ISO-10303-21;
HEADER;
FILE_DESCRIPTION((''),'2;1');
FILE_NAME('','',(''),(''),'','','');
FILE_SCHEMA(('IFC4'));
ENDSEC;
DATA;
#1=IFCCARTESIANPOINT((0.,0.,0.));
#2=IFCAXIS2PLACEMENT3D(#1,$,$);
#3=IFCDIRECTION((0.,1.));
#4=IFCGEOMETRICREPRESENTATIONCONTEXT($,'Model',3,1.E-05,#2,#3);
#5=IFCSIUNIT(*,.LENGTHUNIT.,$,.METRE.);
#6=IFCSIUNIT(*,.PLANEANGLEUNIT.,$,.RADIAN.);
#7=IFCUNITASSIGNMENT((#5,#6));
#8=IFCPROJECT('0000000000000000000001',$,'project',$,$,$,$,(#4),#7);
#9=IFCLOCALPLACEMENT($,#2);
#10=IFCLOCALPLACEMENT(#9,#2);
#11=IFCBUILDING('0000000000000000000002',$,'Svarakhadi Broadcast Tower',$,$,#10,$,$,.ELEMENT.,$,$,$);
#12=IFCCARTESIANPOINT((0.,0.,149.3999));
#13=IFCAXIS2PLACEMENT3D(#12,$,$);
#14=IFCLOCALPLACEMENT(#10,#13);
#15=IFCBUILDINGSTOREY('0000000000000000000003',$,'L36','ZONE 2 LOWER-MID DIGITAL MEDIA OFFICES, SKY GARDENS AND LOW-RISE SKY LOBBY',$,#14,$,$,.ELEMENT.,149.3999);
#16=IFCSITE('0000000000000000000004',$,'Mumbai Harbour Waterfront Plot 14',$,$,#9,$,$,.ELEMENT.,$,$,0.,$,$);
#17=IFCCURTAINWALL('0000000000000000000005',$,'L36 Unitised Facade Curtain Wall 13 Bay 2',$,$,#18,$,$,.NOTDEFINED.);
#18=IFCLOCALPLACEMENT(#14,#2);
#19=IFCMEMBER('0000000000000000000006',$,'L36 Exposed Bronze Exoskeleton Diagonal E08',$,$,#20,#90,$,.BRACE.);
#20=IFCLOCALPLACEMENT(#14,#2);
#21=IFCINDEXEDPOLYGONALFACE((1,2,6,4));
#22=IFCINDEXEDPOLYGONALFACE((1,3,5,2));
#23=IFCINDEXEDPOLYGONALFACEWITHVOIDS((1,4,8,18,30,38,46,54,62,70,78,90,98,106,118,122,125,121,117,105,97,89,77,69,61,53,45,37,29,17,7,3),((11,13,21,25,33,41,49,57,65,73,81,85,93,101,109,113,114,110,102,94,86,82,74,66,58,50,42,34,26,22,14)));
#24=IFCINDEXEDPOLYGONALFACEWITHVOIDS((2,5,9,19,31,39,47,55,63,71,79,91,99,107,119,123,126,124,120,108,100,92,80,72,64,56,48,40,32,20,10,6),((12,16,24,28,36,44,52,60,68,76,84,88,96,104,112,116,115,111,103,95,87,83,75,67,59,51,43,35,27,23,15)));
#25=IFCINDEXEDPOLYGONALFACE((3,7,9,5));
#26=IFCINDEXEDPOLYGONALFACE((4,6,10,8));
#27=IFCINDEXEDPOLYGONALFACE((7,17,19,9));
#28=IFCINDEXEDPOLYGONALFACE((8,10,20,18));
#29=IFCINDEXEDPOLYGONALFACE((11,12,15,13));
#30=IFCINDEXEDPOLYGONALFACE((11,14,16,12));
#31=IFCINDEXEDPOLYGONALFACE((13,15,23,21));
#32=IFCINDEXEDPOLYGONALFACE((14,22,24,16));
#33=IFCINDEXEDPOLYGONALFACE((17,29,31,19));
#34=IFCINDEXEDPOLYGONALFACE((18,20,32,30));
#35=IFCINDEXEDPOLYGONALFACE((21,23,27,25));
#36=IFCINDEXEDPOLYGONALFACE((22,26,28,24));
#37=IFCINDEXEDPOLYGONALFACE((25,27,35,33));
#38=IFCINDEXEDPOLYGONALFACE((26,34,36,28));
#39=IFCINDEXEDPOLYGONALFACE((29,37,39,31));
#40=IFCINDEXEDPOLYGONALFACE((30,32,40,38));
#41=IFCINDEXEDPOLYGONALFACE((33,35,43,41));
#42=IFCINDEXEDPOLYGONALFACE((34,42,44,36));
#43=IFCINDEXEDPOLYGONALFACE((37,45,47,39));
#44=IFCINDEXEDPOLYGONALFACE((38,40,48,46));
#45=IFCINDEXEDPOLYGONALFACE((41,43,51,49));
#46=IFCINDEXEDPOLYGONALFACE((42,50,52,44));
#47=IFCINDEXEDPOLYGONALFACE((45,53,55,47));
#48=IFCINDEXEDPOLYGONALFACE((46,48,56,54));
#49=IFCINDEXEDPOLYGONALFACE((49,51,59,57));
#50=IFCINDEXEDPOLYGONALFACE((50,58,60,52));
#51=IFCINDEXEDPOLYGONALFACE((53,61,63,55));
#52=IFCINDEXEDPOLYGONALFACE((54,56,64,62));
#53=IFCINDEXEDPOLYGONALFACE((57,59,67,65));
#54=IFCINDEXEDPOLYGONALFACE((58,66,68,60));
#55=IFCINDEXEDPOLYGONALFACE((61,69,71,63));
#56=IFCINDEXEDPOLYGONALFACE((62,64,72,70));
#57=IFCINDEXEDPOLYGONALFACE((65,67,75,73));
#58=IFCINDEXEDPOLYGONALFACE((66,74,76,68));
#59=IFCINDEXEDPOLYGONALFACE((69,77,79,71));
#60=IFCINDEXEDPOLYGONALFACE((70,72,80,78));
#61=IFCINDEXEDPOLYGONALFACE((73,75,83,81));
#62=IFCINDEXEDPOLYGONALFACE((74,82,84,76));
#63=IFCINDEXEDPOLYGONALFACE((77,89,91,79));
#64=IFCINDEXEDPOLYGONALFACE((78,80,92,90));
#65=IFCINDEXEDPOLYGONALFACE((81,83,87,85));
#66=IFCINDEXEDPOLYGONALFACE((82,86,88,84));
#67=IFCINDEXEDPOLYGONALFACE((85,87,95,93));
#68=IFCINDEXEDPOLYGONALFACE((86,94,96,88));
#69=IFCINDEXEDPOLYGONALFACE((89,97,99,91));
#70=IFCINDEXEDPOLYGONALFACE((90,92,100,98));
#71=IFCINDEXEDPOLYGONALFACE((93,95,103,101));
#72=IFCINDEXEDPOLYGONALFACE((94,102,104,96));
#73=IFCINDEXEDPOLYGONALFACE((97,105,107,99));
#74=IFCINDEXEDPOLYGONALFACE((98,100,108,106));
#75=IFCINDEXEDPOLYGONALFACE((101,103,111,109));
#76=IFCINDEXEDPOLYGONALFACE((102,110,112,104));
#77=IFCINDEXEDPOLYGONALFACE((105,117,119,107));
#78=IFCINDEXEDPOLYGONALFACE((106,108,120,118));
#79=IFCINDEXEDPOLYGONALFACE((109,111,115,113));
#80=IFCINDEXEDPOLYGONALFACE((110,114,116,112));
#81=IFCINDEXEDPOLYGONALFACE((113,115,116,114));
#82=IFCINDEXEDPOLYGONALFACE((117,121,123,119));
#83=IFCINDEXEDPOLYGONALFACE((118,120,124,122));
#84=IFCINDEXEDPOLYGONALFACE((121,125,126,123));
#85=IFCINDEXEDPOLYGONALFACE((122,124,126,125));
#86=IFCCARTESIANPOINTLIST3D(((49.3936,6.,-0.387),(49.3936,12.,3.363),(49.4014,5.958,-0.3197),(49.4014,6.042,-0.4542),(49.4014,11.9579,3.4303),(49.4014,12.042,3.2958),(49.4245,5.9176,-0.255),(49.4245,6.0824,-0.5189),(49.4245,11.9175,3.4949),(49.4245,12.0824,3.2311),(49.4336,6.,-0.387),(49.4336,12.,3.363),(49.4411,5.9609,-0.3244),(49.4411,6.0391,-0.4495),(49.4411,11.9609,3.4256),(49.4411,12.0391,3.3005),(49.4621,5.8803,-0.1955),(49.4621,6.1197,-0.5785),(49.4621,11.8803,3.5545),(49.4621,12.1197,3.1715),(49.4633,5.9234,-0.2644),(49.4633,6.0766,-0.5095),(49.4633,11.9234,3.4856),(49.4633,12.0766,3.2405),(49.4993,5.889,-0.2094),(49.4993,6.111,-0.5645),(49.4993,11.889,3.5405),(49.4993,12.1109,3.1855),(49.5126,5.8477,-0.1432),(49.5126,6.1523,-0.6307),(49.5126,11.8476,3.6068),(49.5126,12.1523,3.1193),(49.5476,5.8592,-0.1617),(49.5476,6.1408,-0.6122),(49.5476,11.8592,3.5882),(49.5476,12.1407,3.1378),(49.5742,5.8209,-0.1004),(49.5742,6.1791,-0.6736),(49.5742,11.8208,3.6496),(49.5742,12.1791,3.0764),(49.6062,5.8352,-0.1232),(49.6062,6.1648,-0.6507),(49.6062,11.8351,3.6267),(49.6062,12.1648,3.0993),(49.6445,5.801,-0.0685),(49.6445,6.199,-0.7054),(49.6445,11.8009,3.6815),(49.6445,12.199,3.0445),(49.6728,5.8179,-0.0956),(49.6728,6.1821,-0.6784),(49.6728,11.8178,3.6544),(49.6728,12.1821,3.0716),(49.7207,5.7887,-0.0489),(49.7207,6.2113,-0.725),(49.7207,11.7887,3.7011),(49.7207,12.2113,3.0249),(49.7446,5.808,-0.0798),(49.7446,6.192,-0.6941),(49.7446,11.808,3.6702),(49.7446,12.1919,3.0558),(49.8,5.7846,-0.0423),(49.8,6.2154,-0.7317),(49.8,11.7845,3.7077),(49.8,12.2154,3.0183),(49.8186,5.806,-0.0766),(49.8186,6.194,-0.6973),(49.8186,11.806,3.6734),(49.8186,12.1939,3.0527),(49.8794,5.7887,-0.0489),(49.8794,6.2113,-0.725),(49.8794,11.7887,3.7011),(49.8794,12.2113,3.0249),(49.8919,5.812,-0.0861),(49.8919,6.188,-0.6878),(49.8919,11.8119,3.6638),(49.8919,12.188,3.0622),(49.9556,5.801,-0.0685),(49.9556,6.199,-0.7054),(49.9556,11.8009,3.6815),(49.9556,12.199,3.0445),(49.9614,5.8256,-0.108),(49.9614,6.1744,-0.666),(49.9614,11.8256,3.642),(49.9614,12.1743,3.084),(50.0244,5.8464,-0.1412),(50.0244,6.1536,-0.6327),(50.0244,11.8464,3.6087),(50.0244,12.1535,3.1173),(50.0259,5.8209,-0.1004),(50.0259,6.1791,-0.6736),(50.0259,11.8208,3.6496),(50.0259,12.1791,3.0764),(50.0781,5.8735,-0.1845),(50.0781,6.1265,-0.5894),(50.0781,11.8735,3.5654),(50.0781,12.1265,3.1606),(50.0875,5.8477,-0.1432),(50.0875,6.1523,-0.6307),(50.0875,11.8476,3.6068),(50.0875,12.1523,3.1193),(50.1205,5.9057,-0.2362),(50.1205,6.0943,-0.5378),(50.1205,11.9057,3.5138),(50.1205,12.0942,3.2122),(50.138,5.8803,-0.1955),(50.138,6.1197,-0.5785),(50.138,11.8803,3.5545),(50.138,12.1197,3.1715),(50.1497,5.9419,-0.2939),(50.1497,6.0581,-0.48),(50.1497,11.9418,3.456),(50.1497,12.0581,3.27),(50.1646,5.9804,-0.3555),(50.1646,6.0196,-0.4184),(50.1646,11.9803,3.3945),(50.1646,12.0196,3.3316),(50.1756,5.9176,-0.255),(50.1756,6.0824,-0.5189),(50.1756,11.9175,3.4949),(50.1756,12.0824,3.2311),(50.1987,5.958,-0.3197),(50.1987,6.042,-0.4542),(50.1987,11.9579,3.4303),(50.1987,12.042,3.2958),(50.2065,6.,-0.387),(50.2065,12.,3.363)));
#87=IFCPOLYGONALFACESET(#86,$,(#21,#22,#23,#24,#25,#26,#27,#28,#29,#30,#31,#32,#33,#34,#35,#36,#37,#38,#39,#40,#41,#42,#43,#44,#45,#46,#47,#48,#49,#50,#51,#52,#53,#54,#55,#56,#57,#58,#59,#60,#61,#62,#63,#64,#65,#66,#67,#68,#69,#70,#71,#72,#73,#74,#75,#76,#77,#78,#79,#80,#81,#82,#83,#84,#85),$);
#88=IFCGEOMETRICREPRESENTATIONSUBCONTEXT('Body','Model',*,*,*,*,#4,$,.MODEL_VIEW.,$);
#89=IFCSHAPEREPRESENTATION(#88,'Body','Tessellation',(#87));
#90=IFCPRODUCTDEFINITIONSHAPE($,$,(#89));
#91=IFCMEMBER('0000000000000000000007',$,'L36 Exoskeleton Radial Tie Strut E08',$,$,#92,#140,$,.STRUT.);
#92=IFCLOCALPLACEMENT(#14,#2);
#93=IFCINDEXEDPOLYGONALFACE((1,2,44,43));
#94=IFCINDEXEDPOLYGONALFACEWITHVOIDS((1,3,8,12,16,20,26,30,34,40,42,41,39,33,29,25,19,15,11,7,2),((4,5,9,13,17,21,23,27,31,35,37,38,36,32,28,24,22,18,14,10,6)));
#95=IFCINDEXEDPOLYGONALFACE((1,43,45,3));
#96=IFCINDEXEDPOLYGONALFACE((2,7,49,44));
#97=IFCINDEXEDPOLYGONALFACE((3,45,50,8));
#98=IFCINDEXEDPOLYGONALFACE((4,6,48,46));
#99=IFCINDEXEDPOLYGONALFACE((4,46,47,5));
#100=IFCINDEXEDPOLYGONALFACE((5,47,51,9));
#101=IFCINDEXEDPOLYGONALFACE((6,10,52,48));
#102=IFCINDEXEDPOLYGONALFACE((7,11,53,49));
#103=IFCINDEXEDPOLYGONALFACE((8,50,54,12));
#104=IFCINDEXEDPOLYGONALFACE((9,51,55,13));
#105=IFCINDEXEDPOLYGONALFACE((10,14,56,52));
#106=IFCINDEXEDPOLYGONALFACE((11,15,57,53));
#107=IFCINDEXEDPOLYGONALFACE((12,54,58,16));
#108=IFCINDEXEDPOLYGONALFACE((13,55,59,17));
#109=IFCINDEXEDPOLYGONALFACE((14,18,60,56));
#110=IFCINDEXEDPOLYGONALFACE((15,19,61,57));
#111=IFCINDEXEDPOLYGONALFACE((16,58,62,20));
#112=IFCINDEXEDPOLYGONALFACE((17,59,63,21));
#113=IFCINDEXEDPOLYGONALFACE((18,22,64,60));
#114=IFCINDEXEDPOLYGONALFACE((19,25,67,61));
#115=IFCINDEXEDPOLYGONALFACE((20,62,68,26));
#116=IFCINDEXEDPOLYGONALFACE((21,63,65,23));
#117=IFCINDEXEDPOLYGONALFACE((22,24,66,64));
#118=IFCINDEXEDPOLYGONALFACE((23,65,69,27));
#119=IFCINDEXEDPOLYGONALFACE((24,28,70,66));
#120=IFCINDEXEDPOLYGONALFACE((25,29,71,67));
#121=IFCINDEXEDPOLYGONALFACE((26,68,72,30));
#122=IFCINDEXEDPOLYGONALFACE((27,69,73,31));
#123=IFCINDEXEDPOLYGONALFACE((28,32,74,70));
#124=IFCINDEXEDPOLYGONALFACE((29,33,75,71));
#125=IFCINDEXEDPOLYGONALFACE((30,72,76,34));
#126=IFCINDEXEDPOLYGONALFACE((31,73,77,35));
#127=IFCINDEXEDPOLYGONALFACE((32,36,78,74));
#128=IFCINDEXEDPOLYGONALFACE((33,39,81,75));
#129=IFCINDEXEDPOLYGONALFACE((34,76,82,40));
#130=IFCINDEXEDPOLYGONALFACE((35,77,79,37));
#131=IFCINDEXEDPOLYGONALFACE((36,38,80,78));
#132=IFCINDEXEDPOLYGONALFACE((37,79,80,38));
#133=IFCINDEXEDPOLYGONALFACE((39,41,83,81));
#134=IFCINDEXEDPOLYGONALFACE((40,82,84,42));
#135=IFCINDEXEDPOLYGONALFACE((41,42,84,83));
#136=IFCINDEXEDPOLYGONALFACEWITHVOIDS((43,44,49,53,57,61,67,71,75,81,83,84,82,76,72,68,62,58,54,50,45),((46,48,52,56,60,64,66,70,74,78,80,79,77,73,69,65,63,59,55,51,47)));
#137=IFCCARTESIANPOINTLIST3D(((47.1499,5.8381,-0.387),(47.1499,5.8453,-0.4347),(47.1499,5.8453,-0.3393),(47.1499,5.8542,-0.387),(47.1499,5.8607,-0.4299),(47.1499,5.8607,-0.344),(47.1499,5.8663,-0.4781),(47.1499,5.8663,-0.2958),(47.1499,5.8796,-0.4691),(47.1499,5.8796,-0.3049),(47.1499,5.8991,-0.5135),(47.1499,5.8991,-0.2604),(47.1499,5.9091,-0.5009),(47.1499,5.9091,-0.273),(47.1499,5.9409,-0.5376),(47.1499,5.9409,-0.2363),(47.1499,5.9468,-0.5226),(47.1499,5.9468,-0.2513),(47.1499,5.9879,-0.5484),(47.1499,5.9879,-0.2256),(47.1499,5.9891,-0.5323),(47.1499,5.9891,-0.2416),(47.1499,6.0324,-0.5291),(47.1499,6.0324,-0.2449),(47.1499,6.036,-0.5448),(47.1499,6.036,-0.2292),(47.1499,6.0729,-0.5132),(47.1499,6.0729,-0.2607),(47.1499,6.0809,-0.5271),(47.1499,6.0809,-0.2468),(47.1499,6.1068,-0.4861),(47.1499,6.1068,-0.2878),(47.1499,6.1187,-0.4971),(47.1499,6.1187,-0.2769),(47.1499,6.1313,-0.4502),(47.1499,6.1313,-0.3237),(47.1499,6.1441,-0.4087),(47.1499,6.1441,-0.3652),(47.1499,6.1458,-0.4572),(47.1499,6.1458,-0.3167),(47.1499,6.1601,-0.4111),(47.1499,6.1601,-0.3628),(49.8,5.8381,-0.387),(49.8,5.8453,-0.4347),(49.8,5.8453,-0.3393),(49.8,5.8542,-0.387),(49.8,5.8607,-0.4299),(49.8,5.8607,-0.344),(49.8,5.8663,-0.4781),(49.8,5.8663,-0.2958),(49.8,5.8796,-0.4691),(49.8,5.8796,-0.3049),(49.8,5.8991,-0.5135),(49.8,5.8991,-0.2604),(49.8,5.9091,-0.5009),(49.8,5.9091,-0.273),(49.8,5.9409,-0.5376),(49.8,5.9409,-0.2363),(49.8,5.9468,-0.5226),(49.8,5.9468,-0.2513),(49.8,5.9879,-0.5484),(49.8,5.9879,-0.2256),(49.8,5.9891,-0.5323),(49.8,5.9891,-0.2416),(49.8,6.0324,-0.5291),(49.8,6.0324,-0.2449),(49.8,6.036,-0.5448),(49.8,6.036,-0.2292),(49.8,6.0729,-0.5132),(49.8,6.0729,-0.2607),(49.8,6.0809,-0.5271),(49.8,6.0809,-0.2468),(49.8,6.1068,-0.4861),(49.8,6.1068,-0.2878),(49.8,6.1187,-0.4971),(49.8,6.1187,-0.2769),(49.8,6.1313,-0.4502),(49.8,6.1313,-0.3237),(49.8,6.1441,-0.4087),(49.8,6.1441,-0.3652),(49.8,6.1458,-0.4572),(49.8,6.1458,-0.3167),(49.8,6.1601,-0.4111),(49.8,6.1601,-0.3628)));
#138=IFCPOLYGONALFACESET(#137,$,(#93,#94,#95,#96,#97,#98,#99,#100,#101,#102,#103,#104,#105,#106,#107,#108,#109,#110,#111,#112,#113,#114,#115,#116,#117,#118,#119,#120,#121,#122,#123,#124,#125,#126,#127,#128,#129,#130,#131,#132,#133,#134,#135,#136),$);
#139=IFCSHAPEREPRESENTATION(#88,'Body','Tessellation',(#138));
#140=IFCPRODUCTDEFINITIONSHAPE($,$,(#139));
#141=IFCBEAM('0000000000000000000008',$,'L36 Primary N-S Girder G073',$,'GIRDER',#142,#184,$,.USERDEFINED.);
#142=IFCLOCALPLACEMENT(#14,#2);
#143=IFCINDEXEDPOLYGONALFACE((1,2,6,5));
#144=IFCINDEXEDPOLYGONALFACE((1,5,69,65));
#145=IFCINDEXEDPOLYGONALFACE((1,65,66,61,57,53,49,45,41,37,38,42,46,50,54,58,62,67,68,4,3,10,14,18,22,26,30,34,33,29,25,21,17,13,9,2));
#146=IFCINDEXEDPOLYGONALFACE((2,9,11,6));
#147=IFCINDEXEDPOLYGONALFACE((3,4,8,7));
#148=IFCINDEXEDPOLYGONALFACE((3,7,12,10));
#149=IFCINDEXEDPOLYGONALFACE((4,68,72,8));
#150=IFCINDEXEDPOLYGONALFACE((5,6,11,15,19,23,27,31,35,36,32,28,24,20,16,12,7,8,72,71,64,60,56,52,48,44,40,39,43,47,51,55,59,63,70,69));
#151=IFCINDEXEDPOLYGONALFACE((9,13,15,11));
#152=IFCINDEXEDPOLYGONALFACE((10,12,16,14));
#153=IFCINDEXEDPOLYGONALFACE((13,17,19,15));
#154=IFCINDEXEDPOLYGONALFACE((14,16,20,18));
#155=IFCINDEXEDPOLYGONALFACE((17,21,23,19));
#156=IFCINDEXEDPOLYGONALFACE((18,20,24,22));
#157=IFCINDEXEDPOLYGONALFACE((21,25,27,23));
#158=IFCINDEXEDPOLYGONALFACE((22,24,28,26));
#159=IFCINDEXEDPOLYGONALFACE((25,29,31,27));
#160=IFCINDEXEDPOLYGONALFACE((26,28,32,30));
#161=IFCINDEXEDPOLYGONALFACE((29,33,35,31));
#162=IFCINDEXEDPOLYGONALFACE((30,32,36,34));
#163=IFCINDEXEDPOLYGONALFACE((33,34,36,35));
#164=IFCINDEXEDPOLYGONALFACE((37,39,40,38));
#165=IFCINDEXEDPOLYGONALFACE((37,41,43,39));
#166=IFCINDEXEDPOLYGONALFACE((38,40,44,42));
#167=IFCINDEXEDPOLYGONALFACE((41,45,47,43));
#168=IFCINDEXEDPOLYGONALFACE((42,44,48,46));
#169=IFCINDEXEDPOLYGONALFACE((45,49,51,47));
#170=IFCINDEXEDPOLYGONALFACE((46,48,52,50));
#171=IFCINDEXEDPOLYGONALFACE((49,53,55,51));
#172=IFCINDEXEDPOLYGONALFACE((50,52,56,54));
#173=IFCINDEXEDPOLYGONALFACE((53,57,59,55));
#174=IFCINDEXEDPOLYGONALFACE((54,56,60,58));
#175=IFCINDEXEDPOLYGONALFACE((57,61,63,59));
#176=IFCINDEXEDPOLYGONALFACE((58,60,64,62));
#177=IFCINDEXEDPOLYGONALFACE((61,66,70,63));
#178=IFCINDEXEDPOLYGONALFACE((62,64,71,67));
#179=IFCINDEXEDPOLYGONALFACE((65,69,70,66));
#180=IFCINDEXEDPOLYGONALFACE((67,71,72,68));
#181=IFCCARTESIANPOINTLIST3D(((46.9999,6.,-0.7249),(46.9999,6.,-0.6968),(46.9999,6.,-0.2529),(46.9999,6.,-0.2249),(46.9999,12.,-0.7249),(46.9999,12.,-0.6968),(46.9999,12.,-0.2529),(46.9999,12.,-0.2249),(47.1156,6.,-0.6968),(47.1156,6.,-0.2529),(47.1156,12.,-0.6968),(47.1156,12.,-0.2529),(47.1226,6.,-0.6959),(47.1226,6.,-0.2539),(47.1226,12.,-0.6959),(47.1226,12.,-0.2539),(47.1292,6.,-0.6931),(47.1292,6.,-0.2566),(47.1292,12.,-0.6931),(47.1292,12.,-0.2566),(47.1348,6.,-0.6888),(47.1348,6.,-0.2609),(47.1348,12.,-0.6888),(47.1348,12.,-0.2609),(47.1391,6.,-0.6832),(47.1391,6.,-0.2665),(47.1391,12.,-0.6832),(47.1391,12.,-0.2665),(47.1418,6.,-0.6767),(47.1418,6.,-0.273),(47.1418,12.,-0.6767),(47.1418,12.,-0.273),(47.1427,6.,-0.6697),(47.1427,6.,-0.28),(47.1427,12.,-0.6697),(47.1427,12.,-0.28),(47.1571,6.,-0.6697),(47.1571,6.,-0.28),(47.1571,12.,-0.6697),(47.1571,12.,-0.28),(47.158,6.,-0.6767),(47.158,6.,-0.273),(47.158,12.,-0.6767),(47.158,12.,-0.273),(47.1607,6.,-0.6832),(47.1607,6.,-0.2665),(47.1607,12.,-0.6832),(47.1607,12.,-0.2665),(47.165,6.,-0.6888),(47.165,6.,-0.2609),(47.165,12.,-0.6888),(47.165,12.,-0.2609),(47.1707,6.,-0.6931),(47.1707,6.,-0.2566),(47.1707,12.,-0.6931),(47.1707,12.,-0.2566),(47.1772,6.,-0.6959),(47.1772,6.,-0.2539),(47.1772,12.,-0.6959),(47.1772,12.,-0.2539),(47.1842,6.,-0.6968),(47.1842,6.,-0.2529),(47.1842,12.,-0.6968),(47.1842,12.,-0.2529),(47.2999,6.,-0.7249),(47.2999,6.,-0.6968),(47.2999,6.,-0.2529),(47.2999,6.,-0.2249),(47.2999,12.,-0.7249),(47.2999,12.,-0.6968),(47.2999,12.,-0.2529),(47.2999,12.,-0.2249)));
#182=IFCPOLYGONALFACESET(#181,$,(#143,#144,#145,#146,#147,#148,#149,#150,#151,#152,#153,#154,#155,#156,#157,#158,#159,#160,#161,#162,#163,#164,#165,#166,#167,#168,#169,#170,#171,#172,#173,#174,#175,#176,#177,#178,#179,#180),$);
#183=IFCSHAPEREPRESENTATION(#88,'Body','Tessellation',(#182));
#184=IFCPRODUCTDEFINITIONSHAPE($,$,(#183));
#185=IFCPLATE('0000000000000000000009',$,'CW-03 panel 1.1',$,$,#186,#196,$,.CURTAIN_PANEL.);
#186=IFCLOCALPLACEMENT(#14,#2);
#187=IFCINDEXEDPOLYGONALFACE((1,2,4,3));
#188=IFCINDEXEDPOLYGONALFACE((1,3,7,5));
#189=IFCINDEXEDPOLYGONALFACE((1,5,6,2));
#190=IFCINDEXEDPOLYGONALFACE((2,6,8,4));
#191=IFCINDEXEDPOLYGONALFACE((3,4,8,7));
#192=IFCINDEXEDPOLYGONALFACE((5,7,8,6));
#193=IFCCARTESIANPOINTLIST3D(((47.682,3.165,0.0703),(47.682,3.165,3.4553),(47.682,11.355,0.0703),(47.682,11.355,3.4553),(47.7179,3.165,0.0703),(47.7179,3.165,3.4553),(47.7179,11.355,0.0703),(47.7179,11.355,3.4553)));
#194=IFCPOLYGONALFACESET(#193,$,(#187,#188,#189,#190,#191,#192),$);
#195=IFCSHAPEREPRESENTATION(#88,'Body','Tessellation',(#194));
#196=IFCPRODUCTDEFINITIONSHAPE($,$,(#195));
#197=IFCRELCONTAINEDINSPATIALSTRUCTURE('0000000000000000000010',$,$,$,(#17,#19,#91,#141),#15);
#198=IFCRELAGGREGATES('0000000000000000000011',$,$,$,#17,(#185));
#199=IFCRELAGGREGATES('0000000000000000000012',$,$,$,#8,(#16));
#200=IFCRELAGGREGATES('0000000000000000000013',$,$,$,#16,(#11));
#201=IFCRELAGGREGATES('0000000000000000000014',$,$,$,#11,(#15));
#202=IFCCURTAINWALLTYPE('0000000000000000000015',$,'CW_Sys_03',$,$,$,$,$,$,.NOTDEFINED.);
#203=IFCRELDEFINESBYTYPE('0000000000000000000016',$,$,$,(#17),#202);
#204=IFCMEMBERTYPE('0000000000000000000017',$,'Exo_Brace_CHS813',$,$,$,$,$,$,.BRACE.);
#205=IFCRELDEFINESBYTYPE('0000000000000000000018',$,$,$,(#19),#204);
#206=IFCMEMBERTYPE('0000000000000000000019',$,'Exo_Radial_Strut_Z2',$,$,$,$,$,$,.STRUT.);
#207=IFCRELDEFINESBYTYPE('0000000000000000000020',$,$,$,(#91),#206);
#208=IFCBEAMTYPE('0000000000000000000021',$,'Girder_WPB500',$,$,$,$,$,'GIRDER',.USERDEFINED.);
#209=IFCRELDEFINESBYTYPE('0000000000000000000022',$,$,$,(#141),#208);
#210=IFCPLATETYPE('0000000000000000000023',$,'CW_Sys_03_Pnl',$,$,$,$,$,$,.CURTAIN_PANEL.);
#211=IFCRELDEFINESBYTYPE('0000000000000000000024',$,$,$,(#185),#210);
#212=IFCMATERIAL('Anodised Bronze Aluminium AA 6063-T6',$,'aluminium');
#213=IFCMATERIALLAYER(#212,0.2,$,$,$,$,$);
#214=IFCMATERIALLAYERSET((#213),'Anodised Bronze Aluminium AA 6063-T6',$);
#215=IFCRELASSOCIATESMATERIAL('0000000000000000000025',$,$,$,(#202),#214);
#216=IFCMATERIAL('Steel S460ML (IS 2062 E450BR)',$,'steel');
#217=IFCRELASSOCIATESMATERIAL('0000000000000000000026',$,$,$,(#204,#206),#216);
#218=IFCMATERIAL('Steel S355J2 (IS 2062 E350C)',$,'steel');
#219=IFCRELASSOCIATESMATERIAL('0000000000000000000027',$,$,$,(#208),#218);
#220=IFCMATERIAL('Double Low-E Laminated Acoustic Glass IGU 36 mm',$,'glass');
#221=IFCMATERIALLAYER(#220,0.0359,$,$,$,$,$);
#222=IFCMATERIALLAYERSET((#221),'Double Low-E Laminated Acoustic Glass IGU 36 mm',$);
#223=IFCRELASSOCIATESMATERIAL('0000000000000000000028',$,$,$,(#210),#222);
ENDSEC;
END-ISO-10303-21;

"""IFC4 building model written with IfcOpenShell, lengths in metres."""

from ifc_helpers import new_model, si_unit, direction, frame, origin, origin_2d, place, context, subcontext, project, spatial, rectangle, hollow_circle, i_section, extrude, material, layer, layer_set, material_profile, profile_set, type_object, element, aggregate, save


model = new_model("IFC4")

# Units and contexts
model_context = context("Model", 3, precision=1e-05, world=origin(), true_north=direction((0.0, 1.0)))
body_context = subcontext(model_context, "Body", "Model", "MODEL_VIEW")
ifc_project = project(units=[si_unit("LENGTHUNIT", "METRE"), si_unit("PLANEANGLEUNIT", "RADIAN")], contexts=[model_context])

# Site, building, storey
site_placement = place(None, origin())
site = spatial("IfcSite", under=ifc_project, at=site_placement, Name="Mumbai Harbour Waterfront Plot 14", CompositionType="ELEMENT", RefElevation=0.0)
building_placement = place(site_placement, origin())
building = spatial("IfcBuilding", under=site, at=building_placement, Name="Svarakhadi Broadcast Tower", CompositionType="ELEMENT")
storey_placement = place(building_placement, frame((0.0, 0.0, 149.3999)))
storey = spatial("IfcBuildingStorey", under=building, at=storey_placement, Name="L36", Description="ZONE 2 LOWER-MID DIGITAL MEDIA OFFICES, SKY GARDENS AND LOW-RISE SKY LOBBY", CompositionType="ELEMENT", Elevation=149.3999)

# Shared definitions
ifc_material_1 = material(Name="Steel S460ML (IS 2062 E450BR)", Category="steel")

# Curtain wall
ifc_material_2 = material(Name="Anodised Bronze Aluminium AA 6063-T6", Category="aluminium")
ifc_layer_1 = layer(ifc_material_2, 0.2)
ifc_layer_set_1 = layer_set([ifc_layer_1], Name="Anodised Bronze Aluminium AA 6063-T6")
curtain_wall_type = type_object("IfcCurtainWallType", Name="CW_Sys_03", PredefinedType="NOTDEFINED", material=ifc_layer_set_1)
curtain_wall_1_placement = place(storey_placement, origin())
curtain_wall_1 = element("IfcCurtainWall", 1, at=curtain_wall_1_placement, inside=storey, type_object=curtain_wall_type, Name="L36 Unitised Facade Curtain Wall 13 Bay 2", PredefinedType="NOTDEFINED")

# Members
ifc_material_profile_1 = material_profile(ifc_material_1, hollow_circle(Radius=0.4065, WallThickness=0.04, at=origin_2d()), Name="CHS 813x40")
ifc_profile_set_1 = profile_set([ifc_material_profile_1], Name="Steel S460ML (IS 2062 E450BR)")
member_type_1 = type_object("IfcMemberType", Name="Exo_Brace_CHS813", PredefinedType="BRACE", material=ifc_profile_set_1)
member_1_placement = place(storey_placement, frame((49.8, 6.0, -0.387), z_axis=(0.0, 0.847998, 0.529999), x_axis=(-1.0, 0.0, 0.0)))
element("IfcMember", 2, at=member_1_placement, inside=storey, type_object=member_type_1, Name="L36 Exposed Bronze Exoskeleton Diagonal E08", PredefinedType="BRACE", context=body_context, shape_type="SweptSolid", body=[
    extrude(hollow_circle(Radius=0.4065, WallThickness=0.04, at=origin_2d()), origin(), (0.0, 0.0, 1.0), 7.0754),
])
ifc_material_profile_2 = material_profile(ifc_material_1, hollow_circle(Radius=0.1619, WallThickness=0.0161, at=origin_2d()), Name="CHS 323.9x16")
ifc_profile_set_2 = profile_set([ifc_material_profile_2], Name="Steel S460ML (IS 2062 E450BR)")
member_type_2 = type_object("IfcMemberType", Name="Exo_Radial_Strut_Z2", PredefinedType="STRUT", material=ifc_profile_set_2)
member_2_placement = place(storey_placement, frame((49.8, 6.0, -0.387), z_axis=(-1.0, 0.0, 0.0), x_axis=(0.0, -1.0, 0.0)))
element("IfcMember", 3, at=member_2_placement, inside=storey, type_object=member_type_2, Name="L36 Exoskeleton Radial Tie Strut E08", PredefinedType="STRUT", context=body_context, shape_type="SweptSolid", body=[
    extrude(hollow_circle(Radius=0.1619, WallThickness=0.0161, at=origin_2d()), origin(), (0.0, 0.0, 1.0), 2.6501),
])

# Beam
ifc_material_3 = material(Name="Steel S355J2 (IS 2062 E350C)", Category="steel")
ifc_material_profile_3 = material_profile(ifc_material_3, i_section(OverallWidth=0.3, OverallDepth=0.5, WebThickness=0.0144, FlangeThickness=0.0281, FilletRadius=0.0271, at=origin_2d()), Name="WPB 500x300x187")
ifc_profile_set_3 = profile_set([ifc_material_profile_3], Name="Steel S355J2 (IS 2062 E350C)")
beam_type = type_object("IfcBeamType", Name="Girder_WPB500", ElementType="GIRDER", PredefinedType="USERDEFINED", material=ifc_profile_set_3)
beam_placement = place(storey_placement, frame((47.1499, 6.0, -0.4749), z_axis=(0.0, 1.0, 0.0), x_axis=(-1.0, 0.0, 0.0)))
element("IfcBeam", 4, at=beam_placement, inside=storey, type_object=beam_type, Name="L36 Primary N-S Girder G073", ObjectType="GIRDER", PredefinedType="USERDEFINED", context=body_context, shape_type="SweptSolid", body=[
    extrude(i_section(OverallWidth=0.3, OverallDepth=0.5, WebThickness=0.0144, FlangeThickness=0.0281, FilletRadius=0.0271, at=origin_2d()), origin(), (0.0, 0.0, 1.0), 6.0),
])

# Plate
ifc_material_4 = material(Name="Double Low-E Laminated Acoustic Glass IGU 36 mm", Category="glass")
ifc_layer_2 = layer(ifc_material_4, 0.0359)
ifc_layer_set_2 = layer_set([ifc_layer_2], Name="Double Low-E Laminated Acoustic Glass IGU 36 mm")
plate_type_1 = type_object("IfcPlateType", Name="CW_Sys_03_Pnl", PredefinedType="CURTAIN_PANEL", material=ifc_layer_set_2)
plate_1_placement = place(storey_placement, frame((47.7, 7.26, 0.0703), z_axis=(0.0, 0.0, 1.0), x_axis=(0.0, -1.0, 0.0)))
plate_1 = element("IfcPlate", 5, at=plate_1_placement, type_object=plate_type_1, Name="CW-03 panel 1.1", PredefinedType="CURTAIN_PANEL", context=body_context, shape_type="SweptSolid", body=[
    extrude(rectangle(XDim=8.1899, YDim=0.0359, at=origin_2d()), origin(), (0.0, 0.0, 1.0), 3.385),
])
aggregate(curtain_wall_1, [plate_1])

save(model, "model.ifc")
